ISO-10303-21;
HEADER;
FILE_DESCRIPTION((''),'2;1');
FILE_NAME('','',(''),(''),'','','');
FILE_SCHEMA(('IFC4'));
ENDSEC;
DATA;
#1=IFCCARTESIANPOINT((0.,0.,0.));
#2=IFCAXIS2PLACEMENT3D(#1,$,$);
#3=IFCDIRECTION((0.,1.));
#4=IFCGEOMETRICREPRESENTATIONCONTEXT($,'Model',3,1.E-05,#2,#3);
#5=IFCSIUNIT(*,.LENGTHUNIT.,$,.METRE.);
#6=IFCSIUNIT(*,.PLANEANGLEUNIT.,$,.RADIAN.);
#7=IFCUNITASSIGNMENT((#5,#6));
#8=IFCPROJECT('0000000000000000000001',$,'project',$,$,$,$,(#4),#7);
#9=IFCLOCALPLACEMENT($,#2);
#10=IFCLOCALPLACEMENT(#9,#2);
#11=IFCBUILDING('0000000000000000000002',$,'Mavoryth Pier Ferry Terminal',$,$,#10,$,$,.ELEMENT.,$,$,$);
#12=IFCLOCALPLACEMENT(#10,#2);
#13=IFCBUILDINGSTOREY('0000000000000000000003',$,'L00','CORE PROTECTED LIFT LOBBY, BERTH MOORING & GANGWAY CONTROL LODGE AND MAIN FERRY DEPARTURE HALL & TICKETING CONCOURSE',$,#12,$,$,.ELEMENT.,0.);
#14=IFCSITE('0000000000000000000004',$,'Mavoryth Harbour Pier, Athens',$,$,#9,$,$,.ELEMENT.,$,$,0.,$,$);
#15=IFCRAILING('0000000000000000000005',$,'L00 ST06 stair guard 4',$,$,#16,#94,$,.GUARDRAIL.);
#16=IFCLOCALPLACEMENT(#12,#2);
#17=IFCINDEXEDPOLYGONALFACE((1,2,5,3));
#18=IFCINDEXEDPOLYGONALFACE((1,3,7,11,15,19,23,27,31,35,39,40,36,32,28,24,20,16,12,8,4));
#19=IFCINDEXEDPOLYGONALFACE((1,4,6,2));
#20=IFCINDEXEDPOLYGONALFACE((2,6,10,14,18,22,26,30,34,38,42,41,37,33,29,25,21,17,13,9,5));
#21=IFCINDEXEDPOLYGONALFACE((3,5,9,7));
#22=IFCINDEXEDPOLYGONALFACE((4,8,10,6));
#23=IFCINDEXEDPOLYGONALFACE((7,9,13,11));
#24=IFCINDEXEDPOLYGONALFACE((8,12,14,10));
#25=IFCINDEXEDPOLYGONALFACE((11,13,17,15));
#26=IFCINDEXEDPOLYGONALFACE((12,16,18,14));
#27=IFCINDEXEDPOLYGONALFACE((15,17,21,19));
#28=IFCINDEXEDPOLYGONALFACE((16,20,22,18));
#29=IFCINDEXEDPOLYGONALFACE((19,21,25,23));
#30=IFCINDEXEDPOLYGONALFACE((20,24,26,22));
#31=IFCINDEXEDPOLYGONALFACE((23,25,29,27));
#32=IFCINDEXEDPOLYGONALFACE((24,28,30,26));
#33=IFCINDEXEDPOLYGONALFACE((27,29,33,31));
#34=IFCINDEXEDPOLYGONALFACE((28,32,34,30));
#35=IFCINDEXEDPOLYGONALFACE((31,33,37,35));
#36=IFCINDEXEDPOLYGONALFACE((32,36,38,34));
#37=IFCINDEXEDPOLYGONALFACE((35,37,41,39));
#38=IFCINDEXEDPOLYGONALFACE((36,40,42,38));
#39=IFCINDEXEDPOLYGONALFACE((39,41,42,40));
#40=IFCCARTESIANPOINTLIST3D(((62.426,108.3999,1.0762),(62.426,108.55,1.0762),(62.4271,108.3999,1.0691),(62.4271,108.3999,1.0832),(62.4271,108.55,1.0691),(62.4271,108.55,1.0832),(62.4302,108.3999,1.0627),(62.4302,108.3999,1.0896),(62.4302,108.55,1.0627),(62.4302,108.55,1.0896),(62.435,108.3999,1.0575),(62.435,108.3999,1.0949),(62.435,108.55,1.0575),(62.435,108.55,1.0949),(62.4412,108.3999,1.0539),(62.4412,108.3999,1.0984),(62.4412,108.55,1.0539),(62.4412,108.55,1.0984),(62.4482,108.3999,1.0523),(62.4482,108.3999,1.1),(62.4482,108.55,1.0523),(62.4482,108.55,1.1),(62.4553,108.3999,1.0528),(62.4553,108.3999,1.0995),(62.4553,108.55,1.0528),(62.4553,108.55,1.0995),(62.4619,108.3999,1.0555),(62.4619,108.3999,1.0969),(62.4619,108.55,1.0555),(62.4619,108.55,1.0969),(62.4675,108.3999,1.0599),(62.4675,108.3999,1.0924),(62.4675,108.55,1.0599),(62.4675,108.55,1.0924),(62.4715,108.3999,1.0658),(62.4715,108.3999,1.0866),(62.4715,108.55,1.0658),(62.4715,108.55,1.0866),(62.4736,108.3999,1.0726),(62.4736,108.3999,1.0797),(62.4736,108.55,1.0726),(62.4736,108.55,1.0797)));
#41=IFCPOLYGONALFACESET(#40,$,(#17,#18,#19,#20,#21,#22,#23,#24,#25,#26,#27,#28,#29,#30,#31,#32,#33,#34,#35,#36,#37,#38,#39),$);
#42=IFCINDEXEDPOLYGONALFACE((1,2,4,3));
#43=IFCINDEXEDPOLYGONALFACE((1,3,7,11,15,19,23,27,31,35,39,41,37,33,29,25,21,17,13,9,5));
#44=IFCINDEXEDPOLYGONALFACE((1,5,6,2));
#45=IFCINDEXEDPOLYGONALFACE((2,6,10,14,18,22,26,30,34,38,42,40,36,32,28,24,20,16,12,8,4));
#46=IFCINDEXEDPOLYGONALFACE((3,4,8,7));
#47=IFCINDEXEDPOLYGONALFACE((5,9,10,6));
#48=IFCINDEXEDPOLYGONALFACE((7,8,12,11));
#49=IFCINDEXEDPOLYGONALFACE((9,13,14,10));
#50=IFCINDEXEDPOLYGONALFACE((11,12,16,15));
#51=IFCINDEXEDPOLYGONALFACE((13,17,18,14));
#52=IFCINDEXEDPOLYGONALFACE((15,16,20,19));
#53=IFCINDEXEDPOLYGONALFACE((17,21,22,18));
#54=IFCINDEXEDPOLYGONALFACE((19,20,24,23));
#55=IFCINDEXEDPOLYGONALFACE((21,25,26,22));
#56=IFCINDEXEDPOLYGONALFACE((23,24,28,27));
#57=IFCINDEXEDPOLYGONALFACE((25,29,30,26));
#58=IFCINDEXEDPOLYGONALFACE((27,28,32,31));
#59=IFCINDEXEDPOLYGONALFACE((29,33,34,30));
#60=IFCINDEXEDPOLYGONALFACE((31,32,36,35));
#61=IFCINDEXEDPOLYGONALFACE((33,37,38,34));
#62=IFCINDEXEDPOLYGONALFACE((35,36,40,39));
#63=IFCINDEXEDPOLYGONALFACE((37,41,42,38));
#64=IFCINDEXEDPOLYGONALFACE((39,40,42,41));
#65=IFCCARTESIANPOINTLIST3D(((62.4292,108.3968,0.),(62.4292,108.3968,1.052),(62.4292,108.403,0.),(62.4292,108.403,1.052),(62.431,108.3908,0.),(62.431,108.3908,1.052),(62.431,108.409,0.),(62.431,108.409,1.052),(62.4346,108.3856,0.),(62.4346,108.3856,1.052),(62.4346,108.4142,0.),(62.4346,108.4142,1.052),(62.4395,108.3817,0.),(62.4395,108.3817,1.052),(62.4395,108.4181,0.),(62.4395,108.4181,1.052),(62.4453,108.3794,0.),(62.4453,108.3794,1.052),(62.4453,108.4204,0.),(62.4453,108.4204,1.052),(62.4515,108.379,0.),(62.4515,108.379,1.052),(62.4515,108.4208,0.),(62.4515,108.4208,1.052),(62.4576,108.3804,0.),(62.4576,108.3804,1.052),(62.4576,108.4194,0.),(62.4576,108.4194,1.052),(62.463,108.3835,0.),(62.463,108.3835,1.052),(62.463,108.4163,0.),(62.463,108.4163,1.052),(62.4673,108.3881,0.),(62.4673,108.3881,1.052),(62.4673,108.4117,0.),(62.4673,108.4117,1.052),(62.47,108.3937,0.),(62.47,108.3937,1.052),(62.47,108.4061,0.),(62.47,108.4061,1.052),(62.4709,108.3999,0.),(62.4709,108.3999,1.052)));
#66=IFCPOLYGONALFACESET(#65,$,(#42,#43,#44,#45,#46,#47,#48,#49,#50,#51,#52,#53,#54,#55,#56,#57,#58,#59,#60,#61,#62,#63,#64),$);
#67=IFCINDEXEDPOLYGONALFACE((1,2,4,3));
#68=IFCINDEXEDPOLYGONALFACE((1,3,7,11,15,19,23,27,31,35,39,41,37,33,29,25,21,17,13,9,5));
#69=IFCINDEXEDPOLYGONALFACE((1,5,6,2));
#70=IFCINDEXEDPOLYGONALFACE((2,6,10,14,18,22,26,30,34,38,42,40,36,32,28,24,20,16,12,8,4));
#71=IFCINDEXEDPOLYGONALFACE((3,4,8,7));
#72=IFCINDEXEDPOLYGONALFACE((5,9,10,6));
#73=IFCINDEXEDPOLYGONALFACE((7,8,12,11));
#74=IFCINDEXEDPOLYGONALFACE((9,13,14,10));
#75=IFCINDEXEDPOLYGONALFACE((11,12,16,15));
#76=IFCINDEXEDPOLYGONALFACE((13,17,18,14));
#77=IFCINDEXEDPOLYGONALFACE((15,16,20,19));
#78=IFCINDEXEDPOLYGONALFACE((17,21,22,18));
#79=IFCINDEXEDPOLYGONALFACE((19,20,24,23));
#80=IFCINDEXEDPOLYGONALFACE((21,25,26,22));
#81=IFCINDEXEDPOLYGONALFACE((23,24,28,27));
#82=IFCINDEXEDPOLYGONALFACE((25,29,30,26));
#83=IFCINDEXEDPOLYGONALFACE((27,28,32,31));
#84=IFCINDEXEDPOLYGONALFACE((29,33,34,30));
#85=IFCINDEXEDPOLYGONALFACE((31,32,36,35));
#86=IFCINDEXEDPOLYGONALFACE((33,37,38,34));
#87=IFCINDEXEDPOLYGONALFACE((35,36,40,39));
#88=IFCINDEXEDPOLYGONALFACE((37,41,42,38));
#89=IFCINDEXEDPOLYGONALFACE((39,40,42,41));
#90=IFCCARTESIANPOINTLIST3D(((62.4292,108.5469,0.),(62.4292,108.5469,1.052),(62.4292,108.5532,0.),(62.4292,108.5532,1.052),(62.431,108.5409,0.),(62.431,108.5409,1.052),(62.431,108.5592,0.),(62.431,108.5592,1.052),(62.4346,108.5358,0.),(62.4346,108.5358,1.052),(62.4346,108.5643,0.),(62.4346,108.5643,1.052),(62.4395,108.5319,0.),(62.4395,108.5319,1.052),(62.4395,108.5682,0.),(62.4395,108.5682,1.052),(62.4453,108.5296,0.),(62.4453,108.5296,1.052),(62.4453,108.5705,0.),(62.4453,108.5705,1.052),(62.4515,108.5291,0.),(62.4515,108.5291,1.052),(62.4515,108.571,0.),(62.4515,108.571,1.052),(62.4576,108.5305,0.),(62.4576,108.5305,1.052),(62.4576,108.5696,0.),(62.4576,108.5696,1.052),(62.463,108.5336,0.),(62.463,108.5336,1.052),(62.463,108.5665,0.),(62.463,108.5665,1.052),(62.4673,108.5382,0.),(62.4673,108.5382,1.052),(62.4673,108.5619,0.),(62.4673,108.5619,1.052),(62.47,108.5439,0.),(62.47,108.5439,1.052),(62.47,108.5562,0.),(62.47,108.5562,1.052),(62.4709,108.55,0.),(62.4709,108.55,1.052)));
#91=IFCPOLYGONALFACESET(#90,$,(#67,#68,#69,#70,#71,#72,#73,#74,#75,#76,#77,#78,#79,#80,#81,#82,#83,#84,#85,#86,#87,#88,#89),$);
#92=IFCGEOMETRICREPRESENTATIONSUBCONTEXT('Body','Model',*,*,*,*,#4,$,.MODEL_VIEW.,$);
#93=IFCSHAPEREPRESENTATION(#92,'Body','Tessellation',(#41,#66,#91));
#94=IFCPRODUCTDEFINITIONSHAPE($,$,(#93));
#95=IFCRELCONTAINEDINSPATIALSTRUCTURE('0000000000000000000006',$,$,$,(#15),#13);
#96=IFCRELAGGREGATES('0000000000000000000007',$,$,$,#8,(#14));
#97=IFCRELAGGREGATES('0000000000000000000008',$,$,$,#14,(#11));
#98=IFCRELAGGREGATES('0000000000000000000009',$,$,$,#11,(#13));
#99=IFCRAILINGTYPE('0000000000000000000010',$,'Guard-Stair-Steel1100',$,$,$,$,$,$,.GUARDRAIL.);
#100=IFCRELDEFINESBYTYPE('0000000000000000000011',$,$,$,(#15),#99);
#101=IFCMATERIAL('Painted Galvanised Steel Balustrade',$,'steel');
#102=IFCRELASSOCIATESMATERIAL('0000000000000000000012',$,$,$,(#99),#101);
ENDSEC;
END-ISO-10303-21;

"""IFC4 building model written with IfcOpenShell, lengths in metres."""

from ifc_helpers import new_model, si_unit, direction, frame, origin, origin_2d, place, context, subcontext, project, spatial, circle, extrude, material, type_object, element, save


model = new_model("IFC4")

# Units and contexts
model_context = context("Model", 3, precision=1e-05, world=origin(), true_north=direction((0.0, 1.0)))
body_context = subcontext(model_context, "Body", "Model", "MODEL_VIEW")
ifc_project = project(units=[si_unit("LENGTHUNIT", "METRE"), si_unit("PLANEANGLEUNIT", "RADIAN")], contexts=[model_context])

# Site, building, storey
site_placement = place(None, origin())
site = spatial("IfcSite", under=ifc_project, at=site_placement, Name="Mavoryth Harbour Pier, Athens", CompositionType="ELEMENT", RefElevation=0.0)
building_placement = place(site_placement, origin())
building = spatial("IfcBuilding", under=site, at=building_placement, Name="Mavoryth Pier Ferry Terminal", CompositionType="ELEMENT")
storey_placement = place(building_placement, origin())
storey = spatial("IfcBuildingStorey", under=building, at=storey_placement, Name="L00", Description="CORE PROTECTED LIFT LOBBY, BERTH MOORING & GANGWAY CONTROL LODGE AND MAIN FERRY DEPARTURE HALL & TICKETING CONCOURSE", CompositionType="ELEMENT", Elevation=0.0)

# Railing
ifc_material_1 = material(Name="Painted Galvanised Steel Balustrade", Category="steel")
railing_type_1 = type_object("IfcRailingType", Name="Guard-Stair-Steel1100", PredefinedType="GUARDRAIL", material=ifc_material_1)
railing_1_placement = place(storey_placement, frame((62.45, 108.3999, 0.0)))
element("IfcRailing", 1, at=railing_1_placement, inside=storey, type_object=railing_type_1, Name="L00 ST06 stair guard 4", PredefinedType="GUARDRAIL", context=body_context, shape_type="SweptSolid", body=[
    extrude(circle(Radius=0.0239, at=origin_2d()), frame((0.0, 0.0, 1.0762), z_axis=(0.0, 1.0, 0.0), x_axis=(-1.0, 0.0, 0.0)), (0.0, 0.0, 1.0), 0.1501),
    extrude(circle(Radius=0.021, at=origin_2d()), origin(), (0.0, 0.0, 1.0), 1.052),
    extrude(circle(Radius=0.021, at=origin_2d()), frame((0.0, 0.1501, 0.0)), (0.0, 0.0, 1.0), 1.052),
])

save(model, "model.ifc")
